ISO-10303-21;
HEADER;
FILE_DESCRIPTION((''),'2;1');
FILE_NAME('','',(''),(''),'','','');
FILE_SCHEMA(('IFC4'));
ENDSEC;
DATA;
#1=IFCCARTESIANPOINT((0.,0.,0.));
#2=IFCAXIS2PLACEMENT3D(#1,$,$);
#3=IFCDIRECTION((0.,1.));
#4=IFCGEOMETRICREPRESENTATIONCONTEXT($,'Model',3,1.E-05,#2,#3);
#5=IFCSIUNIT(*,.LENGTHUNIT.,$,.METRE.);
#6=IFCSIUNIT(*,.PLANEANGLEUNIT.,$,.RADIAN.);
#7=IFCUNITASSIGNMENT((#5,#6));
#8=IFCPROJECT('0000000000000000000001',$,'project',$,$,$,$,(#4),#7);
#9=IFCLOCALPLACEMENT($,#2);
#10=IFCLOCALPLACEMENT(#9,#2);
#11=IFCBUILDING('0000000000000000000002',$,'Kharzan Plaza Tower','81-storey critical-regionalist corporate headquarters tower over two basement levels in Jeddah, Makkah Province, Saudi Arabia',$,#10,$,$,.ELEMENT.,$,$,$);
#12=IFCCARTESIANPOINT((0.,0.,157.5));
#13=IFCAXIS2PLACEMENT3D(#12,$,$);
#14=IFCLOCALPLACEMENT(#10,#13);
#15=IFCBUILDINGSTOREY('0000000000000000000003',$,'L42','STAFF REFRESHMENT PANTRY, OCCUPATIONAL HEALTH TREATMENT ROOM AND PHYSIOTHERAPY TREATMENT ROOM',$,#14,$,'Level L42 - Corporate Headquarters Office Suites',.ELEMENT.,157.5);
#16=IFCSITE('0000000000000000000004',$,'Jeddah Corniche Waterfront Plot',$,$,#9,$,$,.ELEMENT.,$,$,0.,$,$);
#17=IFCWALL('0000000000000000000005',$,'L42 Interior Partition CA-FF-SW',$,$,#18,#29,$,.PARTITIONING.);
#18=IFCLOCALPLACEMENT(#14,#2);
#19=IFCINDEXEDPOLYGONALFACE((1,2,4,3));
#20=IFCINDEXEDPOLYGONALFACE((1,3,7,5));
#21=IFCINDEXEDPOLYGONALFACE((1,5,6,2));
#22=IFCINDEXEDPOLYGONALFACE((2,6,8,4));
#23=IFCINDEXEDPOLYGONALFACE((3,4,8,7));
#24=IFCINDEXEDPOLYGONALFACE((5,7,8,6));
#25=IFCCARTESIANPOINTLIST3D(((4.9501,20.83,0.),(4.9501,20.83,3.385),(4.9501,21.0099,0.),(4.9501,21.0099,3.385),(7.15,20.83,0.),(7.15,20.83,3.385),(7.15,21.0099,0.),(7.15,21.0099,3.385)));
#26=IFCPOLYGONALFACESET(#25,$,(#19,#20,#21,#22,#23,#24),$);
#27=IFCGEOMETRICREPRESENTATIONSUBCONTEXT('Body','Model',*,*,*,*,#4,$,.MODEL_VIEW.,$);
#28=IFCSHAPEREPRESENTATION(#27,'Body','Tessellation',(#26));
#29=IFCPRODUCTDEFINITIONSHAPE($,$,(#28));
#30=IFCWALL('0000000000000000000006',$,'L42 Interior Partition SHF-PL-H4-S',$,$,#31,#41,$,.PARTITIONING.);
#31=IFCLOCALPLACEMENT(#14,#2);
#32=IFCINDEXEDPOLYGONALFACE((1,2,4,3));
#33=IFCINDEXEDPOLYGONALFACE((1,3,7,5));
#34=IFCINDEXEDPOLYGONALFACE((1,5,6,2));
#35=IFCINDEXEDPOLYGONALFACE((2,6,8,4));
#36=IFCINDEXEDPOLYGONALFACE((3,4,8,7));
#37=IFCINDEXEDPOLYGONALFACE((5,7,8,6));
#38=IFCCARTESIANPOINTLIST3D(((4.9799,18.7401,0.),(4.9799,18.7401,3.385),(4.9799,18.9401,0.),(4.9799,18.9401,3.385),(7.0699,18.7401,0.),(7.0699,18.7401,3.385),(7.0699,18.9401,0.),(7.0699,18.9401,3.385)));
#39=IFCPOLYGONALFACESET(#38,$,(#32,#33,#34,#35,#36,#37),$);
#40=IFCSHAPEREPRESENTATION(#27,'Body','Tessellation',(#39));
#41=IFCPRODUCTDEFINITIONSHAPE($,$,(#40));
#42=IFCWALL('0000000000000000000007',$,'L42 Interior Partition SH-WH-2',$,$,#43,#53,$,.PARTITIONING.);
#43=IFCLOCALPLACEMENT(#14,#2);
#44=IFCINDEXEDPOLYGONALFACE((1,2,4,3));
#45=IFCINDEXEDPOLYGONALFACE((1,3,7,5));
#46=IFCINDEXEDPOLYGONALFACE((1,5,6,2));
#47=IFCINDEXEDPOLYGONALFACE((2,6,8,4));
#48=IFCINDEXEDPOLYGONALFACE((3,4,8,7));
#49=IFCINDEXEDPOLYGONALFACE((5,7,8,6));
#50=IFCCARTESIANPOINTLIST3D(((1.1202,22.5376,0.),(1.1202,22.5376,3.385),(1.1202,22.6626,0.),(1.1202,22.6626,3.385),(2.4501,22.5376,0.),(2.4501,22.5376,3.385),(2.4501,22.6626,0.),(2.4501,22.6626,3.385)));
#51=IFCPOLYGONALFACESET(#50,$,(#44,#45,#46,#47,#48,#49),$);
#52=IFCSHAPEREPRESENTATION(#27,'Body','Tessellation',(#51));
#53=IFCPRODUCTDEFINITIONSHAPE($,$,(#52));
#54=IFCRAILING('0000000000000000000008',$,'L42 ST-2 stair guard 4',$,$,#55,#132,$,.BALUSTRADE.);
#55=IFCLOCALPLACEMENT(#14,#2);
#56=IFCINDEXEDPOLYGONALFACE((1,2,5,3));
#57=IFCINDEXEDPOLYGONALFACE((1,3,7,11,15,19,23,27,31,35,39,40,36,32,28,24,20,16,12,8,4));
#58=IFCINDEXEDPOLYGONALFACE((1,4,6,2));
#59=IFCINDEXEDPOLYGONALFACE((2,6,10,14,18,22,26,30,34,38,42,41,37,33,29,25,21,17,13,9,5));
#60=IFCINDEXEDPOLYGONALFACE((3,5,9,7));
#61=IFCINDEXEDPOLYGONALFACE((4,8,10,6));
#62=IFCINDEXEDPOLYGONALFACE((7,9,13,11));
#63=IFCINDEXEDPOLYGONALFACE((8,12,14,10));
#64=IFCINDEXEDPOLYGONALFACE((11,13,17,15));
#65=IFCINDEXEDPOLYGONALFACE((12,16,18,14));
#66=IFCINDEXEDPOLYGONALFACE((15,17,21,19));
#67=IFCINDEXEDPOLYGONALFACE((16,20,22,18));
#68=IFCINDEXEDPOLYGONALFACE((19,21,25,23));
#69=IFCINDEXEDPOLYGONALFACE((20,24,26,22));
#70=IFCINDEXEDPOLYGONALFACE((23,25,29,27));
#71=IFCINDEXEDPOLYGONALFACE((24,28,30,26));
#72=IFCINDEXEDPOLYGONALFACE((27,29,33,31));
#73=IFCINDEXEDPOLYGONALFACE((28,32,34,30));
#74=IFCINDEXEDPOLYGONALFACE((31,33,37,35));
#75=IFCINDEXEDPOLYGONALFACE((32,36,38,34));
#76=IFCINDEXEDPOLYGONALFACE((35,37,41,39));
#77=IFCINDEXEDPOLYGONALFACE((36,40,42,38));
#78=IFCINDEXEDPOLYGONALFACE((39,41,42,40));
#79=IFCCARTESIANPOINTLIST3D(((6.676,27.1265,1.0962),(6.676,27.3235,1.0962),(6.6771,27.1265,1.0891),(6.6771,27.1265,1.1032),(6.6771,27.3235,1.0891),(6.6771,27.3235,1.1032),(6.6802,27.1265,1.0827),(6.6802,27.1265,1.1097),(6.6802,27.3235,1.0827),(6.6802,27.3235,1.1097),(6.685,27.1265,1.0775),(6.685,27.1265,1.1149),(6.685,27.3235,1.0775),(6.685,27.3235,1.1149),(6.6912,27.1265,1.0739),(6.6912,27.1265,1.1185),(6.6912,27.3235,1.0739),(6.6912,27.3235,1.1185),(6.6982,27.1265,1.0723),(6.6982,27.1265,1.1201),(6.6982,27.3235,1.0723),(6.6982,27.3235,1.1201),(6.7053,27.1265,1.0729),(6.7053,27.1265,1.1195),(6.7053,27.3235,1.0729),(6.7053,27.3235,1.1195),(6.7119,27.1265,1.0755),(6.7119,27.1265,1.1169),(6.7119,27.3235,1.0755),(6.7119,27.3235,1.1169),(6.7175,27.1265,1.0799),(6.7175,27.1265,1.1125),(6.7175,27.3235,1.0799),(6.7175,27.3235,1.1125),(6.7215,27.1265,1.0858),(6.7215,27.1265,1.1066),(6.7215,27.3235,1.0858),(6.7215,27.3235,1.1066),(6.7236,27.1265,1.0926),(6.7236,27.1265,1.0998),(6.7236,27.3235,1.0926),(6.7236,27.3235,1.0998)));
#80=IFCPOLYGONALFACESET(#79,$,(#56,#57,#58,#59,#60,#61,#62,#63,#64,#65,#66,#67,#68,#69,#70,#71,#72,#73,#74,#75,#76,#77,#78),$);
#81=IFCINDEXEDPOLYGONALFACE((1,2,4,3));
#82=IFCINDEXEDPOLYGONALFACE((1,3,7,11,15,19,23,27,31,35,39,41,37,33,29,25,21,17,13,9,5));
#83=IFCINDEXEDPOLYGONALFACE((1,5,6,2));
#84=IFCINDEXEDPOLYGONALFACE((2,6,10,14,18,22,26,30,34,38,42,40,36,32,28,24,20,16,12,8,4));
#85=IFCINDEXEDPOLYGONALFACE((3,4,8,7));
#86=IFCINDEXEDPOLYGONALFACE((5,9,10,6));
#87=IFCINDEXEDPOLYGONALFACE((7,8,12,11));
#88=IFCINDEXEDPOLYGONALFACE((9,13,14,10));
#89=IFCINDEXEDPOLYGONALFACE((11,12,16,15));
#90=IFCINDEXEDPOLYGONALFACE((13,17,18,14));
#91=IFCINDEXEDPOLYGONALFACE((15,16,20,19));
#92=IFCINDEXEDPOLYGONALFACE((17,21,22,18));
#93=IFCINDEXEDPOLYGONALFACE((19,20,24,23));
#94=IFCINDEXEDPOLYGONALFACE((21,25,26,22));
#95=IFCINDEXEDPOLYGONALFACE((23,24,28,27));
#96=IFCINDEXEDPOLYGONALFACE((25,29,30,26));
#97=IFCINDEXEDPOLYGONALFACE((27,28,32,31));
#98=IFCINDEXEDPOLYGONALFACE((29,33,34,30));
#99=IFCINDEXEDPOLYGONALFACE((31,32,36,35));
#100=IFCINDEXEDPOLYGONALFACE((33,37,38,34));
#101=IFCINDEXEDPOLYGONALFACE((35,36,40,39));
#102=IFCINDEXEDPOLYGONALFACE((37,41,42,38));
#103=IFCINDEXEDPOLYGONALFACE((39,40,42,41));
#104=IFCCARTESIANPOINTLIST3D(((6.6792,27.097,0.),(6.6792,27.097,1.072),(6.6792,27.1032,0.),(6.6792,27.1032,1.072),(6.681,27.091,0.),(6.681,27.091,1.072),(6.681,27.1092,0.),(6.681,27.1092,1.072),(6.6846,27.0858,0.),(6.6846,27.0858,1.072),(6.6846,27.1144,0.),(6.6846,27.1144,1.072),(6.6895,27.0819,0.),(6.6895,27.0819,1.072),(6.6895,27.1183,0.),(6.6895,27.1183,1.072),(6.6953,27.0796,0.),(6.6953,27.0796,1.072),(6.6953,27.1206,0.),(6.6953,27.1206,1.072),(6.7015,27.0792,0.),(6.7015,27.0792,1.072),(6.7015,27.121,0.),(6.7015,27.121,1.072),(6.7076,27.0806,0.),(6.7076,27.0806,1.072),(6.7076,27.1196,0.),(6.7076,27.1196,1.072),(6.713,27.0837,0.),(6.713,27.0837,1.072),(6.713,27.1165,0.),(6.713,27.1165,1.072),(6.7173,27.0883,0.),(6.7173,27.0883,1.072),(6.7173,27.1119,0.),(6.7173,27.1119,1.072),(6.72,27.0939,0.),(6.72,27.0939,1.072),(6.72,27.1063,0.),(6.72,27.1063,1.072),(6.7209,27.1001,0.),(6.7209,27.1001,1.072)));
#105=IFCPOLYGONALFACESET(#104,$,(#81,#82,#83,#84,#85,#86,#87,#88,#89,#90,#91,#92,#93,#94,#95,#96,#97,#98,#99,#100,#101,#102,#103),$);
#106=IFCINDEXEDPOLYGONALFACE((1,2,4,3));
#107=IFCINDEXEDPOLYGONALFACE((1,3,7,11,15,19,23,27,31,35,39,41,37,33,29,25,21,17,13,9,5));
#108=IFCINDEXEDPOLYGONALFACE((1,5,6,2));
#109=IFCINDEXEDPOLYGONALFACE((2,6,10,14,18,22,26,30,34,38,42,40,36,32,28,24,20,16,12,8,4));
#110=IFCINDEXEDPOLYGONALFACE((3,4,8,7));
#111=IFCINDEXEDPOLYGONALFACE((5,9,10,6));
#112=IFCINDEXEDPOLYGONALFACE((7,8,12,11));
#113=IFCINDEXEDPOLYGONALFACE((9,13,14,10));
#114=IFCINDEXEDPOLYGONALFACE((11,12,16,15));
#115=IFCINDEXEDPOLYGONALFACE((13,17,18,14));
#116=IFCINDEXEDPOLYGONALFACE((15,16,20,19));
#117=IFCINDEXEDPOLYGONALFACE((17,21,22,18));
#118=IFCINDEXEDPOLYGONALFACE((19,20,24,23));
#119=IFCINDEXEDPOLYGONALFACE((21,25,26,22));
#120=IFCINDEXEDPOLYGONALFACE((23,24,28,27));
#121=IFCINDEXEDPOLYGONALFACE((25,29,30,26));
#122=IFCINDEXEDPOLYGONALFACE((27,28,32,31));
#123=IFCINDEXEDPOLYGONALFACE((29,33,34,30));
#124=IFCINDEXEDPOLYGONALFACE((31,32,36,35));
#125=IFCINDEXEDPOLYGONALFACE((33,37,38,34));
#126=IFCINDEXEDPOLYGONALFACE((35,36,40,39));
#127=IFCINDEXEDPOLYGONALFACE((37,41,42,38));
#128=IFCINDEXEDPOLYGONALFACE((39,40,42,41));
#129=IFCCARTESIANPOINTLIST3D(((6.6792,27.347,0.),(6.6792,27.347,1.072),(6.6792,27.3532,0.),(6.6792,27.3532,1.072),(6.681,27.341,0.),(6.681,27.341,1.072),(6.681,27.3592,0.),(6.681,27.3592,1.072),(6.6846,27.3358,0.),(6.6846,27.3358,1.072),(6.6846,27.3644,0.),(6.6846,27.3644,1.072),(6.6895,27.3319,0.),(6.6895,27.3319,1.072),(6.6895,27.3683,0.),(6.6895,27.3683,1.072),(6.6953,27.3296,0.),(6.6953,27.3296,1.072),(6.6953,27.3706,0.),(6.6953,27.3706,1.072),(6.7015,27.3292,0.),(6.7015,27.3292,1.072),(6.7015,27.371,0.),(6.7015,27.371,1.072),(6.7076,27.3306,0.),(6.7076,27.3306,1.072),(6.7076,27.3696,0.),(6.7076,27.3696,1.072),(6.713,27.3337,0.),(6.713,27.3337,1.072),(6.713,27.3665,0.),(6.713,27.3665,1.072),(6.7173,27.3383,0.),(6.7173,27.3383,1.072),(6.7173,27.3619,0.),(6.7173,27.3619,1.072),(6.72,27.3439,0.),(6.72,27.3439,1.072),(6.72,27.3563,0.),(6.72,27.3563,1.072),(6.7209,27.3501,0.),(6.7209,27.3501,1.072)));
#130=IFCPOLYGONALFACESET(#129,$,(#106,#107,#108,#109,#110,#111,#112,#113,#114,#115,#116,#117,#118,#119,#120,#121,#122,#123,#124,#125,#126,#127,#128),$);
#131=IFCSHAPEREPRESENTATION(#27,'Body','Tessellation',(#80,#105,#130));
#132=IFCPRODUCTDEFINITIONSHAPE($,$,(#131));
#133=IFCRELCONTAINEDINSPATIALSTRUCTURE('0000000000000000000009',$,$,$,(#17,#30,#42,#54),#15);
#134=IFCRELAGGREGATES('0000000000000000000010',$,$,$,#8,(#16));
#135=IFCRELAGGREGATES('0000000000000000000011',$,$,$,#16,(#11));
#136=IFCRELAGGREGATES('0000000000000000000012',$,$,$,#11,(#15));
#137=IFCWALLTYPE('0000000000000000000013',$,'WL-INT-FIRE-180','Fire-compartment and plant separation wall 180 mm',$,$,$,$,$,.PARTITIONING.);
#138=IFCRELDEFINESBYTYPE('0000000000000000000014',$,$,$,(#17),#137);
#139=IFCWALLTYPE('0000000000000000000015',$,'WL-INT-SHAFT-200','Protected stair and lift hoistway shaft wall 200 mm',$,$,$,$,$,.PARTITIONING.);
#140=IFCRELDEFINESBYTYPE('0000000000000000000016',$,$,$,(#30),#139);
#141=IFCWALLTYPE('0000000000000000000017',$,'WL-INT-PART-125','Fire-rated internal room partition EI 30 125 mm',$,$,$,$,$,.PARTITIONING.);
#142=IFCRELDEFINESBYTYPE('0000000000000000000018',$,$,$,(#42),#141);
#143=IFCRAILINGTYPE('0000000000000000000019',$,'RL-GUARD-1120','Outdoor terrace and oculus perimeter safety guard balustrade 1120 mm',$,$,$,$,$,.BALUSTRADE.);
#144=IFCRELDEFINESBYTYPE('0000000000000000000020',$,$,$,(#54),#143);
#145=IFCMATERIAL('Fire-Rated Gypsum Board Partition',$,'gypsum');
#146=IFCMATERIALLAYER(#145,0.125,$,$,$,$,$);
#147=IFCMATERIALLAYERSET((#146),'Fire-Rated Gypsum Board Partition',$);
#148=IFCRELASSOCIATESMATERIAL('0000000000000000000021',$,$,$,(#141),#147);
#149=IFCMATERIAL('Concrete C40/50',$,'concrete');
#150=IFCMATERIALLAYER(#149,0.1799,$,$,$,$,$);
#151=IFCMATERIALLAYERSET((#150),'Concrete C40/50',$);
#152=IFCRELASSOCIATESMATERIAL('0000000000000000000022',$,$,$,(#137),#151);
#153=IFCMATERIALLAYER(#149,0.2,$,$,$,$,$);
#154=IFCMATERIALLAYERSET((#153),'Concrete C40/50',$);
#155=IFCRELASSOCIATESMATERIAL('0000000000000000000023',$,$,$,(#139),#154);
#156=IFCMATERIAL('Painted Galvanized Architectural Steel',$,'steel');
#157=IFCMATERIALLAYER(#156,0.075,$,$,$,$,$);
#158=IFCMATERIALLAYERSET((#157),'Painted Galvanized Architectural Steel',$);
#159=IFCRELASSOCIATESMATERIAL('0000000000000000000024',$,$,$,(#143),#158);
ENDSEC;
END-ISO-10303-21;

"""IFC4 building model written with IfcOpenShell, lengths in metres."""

from ifc_helpers import new_model, si_unit, direction, frame, frame_2d, origin, origin_2d, place, context, subcontext, project, spatial, rectangle, circle, extrude, source, transform, mapped, material, layer, layer_set, type_object, element, save


model = new_model("IFC4")

# Units and contexts
model_context = context("Model", 3, precision=1e-05, world=origin(), true_north=direction((0.0, 1.0)))
body_context = subcontext(model_context, "Body", "Model", "MODEL_VIEW")
ifc_project = project(units=[si_unit("LENGTHUNIT", "METRE"), si_unit("PLANEANGLEUNIT", "RADIAN")], contexts=[model_context])

# Site, building, storey
site_placement = place(None, origin())
site = spatial("IfcSite", under=ifc_project, at=site_placement, Name="Jeddah Corniche Waterfront Plot", CompositionType="ELEMENT", RefElevation=0.0)
building_placement = place(site_placement, origin())
building = spatial("IfcBuilding", under=site, at=building_placement, Name="Kharzan Plaza Tower", Description="81-storey critical-regionalist corporate headquarters tower over two basement levels in Jeddah, Makkah Province, Saudi Arabia", CompositionType="ELEMENT")
storey_placement = place(building_placement, frame((0.0, 0.0, 157.5)))
storey = spatial("IfcBuildingStorey", under=building, at=storey_placement, Name="L42", Description="STAFF REFRESHMENT PANTRY, OCCUPATIONAL HEALTH TREATMENT ROOM AND PHYSIOTHERAPY TREATMENT ROOM", LongName="Level L42 - Corporate Headquarters Office Suites", CompositionType="ELEMENT", Elevation=157.5)

# Shared definitions
ifc_material_1 = material(Name="Concrete C40/50", Category="concrete")

# Shared definitions
ifc_material_2 = material(Name="Fire-Rated Gypsum Board Partition", Category="gypsum")
ifc_layer_1 = layer(ifc_material_2, 0.125)
ifc_layer_set_1 = layer_set([ifc_layer_1], Name="Fire-Rated Gypsum Board Partition")
wall_type_1 = type_object("IfcWallType", Name="WL-INT-PART-125", Description="Fire-rated internal room partition EI 30 125 mm", PredefinedType="PARTITIONING", material=ifc_layer_set_1)

# Walls
ifc_layer_2 = layer(ifc_material_1, 0.1799)
ifc_layer_set_2 = layer_set([ifc_layer_2], Name="Concrete C40/50")
wall_type_2 = type_object("IfcWallType", Name="WL-INT-FIRE-180", Description="Fire-compartment and plant separation wall 180 mm", PredefinedType="PARTITIONING", material=ifc_layer_set_2)
shared_shape_1 = source(origin(), body_context, "Body", "SweptSolid", [
    extrude(rectangle(XDim=2.2, YDim=0.1799, at=frame_2d((1.1001, 0.0))), origin(), (0.0, 0.0, 1.0), 3.385),
])
wall_1_placement = place(storey_placement, frame((4.95, 20.9199, 0.0), z_axis=(0.0, 0.0, 1.0), x_axis=(1.0, 0.0, 0.0)))
element("IfcWall", 1, at=wall_1_placement, inside=storey, type_object=wall_type_2, Name="L42 Interior Partition CA-FF-SW", PredefinedType="PARTITIONING", context=body_context, shape_type="MappedRepresentation", body=[
    mapped(shared_shape_1, transform((0.0, 0.0, 0.0), x_axis=(1.0, 0.0, 0.0), y_axis=(0.0, 1.0, 0.0), z_axis=(0.0, 0.0, 1.0))),
])
ifc_layer_3 = layer(ifc_material_1, 0.2)
ifc_layer_set_3 = layer_set([ifc_layer_3], Name="Concrete C40/50")
wall_type_3 = type_object("IfcWallType", Name="WL-INT-SHAFT-200", Description="Protected stair and lift hoistway shaft wall 200 mm", PredefinedType="PARTITIONING", material=ifc_layer_set_3)
shared_shape_2 = source(origin(), body_context, "Body", "SweptSolid", [
    extrude(rectangle(XDim=2.0901, YDim=0.2, at=frame_2d((1.0449, 0.0))), origin(), (0.0, 0.0, 1.0), 3.385),
])
wall_2_placement = place(storey_placement, frame((4.98, 18.8401, 0.0), z_axis=(0.0, 0.0, 1.0), x_axis=(1.0, 0.0, 0.0)))
element("IfcWall", 2, at=wall_2_placement, inside=storey, type_object=wall_type_3, Name="L42 Interior Partition SHF-PL-H4-S", PredefinedType="PARTITIONING", context=body_context, shape_type="MappedRepresentation", body=[
    mapped(shared_shape_2, transform((0.0, 0.0, 0.0), x_axis=(1.0, 0.0, 0.0), y_axis=(0.0, 1.0, 0.0), z_axis=(0.0, 0.0, 1.0))),
])
shared_shape_3 = source(origin(), body_context, "Body", "SweptSolid", [
    extrude(rectangle(XDim=1.3298, YDim=0.125, at=frame_2d((0.665, 0.0))), origin(), (0.0, 0.0, 1.0), 3.385),
])
wall_3_placement = place(storey_placement, frame((1.1201, 22.6001, 0.0), z_axis=(0.0, 0.0, 1.0), x_axis=(1.0, 0.0, 0.0)))
element("IfcWall", 3, at=wall_3_placement, inside=storey, type_object=wall_type_1, Name="L42 Interior Partition SH-WH-2", PredefinedType="PARTITIONING", context=body_context, shape_type="MappedRepresentation", body=[
    mapped(shared_shape_3, transform((0.0, 0.0, 0.0), x_axis=(1.0, 0.0, 0.0), y_axis=(0.0, 1.0, 0.0), z_axis=(0.0, 0.0, 1.0))),
])

# Railing
ifc_material_3 = material(Name="Painted Galvanized Architectural Steel", Category="steel")
ifc_layer_4 = layer(ifc_material_3, 0.075)
ifc_layer_set_4 = layer_set([ifc_layer_4], Name="Painted Galvanized Architectural Steel")
railing_type_1 = type_object("IfcRailingType", Name="RL-GUARD-1120", Description="Outdoor terrace and oculus perimeter safety guard balustrade 1120 mm", PredefinedType="BALUSTRADE", material=ifc_layer_set_4)
shared_shape_4 = source(origin(), body_context, "Body", "SweptSolid", [
    extrude(circle(Radius=0.0239, at=origin_2d()), frame((0.0, 0.0264, 1.0962), z_axis=(0.0, 1.0, 0.0), x_axis=(-1.0, 0.0, 0.0)), (0.0, 0.0, 1.0), 0.197),
    extrude(circle(Radius=0.021, at=origin_2d()), origin(), (0.0, 0.0, 1.0), 1.072),
    extrude(circle(Radius=0.021, at=origin_2d()), frame((0.0, 0.25, 0.0)), (0.0, 0.0, 1.0), 1.072),
])
railing_1_placement = place(storey_placement, frame((6.7, 27.1001, 0.0)))
element("IfcRailing", 4, at=railing_1_placement, inside=storey, type_object=railing_type_1, Name="L42 ST-2 stair guard 4", PredefinedType="BALUSTRADE", context=body_context, shape_type="MappedRepresentation", body=[
    mapped(shared_shape_4, transform((0.0, 0.0, 0.0), x_axis=(1.0, 0.0, 0.0), y_axis=(0.0, 1.0, 0.0), z_axis=(0.0, 0.0, 1.0))),
])

save(model, "model.ifc")
